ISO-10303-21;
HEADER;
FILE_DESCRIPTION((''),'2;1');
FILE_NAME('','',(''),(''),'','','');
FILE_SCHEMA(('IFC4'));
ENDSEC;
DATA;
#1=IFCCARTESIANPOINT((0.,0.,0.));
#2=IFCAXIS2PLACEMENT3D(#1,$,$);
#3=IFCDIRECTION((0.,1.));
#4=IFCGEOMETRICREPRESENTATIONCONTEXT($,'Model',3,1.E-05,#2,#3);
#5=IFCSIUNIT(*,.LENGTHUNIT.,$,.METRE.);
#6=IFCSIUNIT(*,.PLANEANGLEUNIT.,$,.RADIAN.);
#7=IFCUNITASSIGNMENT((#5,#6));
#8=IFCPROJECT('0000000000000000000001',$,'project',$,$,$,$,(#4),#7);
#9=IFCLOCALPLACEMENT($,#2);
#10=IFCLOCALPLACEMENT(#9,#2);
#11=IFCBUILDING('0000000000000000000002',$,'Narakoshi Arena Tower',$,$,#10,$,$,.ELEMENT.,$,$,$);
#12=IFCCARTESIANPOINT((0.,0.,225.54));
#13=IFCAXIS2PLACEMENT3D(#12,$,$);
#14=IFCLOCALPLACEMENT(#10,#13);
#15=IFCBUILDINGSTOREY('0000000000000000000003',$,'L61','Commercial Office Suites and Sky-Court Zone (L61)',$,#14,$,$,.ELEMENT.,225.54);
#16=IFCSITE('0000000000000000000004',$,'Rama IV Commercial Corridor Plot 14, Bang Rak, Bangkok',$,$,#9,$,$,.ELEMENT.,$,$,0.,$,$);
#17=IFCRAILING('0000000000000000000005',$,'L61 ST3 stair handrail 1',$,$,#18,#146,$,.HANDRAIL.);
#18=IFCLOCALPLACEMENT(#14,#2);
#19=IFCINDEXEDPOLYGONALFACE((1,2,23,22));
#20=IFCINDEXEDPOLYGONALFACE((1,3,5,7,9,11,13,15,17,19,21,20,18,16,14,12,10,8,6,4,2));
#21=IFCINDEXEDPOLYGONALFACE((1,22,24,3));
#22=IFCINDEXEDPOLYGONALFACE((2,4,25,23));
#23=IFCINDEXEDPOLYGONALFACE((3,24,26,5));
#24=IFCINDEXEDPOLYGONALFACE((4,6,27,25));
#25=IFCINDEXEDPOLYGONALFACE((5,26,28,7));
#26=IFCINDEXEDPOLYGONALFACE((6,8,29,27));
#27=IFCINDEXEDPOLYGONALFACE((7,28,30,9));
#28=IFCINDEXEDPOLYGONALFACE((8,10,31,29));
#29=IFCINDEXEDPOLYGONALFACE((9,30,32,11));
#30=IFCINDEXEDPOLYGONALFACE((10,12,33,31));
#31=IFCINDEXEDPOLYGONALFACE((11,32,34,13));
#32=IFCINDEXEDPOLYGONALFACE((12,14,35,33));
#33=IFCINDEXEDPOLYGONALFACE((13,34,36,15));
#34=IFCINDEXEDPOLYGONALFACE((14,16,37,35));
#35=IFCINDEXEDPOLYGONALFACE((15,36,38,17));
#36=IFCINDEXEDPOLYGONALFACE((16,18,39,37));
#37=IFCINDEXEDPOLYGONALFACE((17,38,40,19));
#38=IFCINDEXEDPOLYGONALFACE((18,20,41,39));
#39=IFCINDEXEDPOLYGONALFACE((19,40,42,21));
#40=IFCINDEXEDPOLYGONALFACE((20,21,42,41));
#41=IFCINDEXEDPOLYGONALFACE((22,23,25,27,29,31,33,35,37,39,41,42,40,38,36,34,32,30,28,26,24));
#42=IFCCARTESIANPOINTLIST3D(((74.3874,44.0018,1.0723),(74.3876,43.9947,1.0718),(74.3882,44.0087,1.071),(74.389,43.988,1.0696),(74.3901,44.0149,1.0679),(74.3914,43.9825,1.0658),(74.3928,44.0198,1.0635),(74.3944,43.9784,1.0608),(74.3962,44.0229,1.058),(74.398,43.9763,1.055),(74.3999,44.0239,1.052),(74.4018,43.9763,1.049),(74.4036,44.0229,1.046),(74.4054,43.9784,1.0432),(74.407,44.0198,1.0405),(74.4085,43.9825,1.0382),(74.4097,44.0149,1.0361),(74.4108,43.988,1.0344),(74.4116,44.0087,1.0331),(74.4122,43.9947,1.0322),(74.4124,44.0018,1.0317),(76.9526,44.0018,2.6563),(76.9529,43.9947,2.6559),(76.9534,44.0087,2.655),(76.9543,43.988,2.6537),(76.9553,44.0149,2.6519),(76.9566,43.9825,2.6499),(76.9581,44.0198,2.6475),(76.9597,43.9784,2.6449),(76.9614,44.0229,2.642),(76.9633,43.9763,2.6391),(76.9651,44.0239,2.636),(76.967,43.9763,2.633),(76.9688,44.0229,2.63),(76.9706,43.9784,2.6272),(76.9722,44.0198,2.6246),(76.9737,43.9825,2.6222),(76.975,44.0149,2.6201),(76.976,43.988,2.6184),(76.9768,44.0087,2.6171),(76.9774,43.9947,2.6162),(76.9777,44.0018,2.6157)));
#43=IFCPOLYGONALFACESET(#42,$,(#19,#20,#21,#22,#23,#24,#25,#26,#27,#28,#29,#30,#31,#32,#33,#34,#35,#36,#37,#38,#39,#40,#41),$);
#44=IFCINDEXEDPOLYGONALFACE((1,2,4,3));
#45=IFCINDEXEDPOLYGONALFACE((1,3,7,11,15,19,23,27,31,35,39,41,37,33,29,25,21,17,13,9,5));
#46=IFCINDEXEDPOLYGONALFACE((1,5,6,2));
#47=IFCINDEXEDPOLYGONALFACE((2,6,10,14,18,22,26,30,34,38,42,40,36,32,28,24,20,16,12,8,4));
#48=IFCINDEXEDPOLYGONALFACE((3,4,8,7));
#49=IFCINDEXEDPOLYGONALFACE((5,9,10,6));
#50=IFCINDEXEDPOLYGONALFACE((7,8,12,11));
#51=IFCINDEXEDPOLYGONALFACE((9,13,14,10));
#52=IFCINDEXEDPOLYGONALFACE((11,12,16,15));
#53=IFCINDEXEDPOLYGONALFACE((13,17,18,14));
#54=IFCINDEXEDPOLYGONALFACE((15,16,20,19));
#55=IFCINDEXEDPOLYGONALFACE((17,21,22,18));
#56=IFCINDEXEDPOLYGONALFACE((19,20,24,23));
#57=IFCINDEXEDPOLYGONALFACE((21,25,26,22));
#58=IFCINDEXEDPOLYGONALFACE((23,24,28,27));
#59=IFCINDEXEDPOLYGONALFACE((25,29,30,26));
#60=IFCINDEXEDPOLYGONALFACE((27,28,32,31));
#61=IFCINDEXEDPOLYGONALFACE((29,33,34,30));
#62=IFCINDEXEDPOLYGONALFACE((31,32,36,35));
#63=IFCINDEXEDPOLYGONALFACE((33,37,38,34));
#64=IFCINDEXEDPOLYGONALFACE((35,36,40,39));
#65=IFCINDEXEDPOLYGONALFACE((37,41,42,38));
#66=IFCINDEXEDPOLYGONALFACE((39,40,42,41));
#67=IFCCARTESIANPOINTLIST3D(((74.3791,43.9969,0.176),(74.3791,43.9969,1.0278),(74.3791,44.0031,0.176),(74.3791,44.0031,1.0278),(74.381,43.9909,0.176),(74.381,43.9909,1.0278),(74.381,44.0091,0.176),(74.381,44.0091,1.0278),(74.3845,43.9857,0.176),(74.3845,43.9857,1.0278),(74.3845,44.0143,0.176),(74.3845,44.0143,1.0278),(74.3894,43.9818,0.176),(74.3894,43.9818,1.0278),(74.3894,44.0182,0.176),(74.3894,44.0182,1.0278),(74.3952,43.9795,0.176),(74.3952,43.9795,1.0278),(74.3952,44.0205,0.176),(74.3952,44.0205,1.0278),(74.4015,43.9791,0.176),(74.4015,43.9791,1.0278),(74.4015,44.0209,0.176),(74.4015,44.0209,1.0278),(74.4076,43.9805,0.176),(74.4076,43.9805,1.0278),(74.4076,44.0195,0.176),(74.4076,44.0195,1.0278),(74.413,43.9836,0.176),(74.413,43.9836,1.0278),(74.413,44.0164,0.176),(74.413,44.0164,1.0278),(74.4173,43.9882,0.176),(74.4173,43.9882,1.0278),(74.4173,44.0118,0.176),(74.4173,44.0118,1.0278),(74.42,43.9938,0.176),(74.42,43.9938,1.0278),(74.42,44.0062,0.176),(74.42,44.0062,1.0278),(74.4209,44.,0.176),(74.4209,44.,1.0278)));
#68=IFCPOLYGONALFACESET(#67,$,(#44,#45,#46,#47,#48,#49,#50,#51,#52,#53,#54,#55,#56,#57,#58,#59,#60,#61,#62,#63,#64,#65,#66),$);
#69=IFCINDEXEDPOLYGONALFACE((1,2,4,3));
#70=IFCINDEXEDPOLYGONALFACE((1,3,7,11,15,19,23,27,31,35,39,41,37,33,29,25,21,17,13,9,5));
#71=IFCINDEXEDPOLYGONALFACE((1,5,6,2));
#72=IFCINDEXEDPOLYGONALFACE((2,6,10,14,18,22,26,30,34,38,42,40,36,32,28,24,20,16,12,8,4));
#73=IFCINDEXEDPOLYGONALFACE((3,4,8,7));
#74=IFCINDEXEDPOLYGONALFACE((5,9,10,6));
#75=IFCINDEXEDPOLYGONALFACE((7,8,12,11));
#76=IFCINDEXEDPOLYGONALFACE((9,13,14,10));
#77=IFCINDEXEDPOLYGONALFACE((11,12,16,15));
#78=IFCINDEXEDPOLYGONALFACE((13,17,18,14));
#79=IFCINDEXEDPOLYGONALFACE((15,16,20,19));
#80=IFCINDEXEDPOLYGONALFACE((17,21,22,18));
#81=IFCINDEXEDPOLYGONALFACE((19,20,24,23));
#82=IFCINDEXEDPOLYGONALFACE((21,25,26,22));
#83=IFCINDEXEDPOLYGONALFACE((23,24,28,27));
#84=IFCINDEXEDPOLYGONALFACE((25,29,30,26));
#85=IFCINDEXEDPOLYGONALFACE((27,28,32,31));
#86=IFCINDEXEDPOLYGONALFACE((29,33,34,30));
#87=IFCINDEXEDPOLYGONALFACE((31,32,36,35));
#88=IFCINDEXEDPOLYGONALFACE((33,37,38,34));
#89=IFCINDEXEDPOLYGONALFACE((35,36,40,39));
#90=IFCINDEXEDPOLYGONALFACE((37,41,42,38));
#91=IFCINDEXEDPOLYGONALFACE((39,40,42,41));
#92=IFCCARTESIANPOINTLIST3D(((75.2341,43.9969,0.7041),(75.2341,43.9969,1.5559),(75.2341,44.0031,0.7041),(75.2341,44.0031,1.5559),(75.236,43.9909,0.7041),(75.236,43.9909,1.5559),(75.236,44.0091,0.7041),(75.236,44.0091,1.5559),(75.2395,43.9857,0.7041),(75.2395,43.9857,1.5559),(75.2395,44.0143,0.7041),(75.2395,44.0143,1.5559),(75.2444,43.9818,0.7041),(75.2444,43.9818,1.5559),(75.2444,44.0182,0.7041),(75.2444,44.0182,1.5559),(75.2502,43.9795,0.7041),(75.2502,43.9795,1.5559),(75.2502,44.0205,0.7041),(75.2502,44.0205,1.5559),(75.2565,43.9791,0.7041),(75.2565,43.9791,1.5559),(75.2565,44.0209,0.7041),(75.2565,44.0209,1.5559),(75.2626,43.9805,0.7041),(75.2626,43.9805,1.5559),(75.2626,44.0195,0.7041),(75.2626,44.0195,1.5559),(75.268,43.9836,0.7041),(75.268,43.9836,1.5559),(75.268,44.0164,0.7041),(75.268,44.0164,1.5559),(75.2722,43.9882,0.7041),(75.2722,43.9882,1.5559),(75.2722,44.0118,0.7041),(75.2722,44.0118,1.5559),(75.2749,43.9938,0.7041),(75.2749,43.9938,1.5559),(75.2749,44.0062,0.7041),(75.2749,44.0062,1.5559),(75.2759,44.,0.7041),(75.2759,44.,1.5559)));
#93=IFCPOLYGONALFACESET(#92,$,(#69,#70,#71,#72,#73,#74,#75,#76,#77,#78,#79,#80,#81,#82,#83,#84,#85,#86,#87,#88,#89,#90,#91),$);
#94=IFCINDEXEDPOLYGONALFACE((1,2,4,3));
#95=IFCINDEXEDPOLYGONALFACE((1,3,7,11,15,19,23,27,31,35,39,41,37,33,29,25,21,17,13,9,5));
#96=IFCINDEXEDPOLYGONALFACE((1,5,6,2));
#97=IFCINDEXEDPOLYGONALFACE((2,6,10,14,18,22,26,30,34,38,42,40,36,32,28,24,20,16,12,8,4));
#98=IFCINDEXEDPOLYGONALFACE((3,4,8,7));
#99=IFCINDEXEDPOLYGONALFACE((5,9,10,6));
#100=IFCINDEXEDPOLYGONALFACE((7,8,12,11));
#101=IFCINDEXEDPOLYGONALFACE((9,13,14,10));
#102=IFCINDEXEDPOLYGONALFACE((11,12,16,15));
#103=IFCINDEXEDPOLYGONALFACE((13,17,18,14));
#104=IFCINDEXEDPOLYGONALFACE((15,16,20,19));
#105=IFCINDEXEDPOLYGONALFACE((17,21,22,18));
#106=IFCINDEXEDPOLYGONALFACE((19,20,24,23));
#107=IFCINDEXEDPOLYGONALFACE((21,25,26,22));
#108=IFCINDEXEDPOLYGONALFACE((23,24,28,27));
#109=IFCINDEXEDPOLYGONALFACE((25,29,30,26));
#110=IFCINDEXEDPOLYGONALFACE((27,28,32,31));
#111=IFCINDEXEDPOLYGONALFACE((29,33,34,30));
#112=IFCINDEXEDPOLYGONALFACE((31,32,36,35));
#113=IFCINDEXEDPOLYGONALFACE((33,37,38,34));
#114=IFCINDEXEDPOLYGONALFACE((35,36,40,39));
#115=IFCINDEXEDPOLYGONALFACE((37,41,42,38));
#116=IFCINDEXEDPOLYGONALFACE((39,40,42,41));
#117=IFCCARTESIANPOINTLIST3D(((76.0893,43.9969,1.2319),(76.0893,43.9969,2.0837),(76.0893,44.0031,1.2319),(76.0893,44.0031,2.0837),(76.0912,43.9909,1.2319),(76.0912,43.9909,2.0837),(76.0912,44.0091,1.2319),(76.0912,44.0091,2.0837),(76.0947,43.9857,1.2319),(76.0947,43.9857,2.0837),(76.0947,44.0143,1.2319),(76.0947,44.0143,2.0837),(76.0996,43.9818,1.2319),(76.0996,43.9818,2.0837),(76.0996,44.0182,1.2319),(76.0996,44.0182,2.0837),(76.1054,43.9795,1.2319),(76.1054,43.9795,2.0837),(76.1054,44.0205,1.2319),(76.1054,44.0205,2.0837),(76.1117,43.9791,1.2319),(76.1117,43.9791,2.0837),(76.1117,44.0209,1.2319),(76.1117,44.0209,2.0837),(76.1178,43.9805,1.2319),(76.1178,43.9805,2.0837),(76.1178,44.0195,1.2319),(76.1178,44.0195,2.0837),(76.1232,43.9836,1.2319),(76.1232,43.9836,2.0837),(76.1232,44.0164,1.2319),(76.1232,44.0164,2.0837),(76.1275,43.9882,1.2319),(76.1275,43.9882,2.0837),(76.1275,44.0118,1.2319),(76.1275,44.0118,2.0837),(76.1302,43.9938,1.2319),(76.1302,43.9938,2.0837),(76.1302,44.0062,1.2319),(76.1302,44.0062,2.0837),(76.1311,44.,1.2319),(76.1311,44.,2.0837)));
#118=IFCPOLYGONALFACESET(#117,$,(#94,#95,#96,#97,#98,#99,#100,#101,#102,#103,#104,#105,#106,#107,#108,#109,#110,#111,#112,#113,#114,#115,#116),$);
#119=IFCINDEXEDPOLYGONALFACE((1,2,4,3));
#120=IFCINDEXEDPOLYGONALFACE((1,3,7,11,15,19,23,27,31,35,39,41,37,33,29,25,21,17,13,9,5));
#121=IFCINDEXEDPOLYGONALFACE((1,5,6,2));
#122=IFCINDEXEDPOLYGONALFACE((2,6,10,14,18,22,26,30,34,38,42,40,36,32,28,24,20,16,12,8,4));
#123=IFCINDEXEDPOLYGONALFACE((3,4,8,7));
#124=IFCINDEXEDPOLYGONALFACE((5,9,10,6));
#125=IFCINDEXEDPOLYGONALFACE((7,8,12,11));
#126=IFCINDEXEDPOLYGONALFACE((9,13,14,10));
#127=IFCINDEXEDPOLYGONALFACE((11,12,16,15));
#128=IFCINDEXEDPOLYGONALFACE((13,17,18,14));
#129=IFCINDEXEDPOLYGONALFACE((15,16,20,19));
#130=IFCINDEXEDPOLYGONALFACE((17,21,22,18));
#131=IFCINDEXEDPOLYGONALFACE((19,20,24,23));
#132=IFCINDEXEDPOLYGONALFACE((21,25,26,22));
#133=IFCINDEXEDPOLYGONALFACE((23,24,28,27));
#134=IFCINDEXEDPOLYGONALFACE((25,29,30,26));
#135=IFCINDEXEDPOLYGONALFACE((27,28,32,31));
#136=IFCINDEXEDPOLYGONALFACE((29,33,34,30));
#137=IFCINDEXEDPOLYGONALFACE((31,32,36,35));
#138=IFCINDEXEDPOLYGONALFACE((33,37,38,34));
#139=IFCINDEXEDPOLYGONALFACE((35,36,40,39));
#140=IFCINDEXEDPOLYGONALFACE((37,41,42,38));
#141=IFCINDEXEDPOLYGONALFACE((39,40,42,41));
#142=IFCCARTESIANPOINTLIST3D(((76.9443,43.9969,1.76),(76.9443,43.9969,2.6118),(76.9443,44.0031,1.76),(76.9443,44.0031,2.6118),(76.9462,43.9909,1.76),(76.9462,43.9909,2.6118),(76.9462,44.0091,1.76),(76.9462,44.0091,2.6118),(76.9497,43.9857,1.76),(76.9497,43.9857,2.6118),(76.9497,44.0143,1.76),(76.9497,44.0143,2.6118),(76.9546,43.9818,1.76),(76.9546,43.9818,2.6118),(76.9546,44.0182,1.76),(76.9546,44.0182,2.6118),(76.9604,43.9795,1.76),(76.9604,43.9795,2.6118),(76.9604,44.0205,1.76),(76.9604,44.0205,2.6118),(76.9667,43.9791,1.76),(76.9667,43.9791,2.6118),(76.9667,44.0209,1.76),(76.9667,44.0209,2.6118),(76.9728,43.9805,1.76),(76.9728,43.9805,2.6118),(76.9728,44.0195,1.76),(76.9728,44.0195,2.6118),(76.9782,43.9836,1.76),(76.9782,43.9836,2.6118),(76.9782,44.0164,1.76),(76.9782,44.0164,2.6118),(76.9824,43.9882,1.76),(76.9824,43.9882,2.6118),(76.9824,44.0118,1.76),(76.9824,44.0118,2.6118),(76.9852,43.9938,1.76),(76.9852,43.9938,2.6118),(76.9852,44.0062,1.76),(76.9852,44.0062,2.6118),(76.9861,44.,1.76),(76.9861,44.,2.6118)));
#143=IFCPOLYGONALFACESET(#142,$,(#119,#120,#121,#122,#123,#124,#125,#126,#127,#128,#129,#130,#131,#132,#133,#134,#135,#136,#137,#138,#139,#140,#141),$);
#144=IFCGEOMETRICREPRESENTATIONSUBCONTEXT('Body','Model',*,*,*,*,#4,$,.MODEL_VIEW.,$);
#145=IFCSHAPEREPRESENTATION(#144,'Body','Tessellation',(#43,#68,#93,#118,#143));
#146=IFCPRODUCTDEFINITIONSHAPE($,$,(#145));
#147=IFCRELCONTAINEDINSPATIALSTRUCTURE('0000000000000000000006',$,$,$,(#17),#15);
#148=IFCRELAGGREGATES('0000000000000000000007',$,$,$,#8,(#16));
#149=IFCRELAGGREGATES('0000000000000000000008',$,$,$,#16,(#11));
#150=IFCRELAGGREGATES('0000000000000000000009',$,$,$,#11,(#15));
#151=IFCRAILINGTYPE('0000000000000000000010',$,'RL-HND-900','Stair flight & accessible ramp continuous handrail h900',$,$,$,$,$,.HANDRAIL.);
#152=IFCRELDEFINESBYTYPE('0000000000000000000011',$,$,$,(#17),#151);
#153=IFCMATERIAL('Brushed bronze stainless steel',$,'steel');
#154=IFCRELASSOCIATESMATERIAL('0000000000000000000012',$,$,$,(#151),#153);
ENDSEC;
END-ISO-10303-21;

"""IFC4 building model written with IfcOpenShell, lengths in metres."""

from ifc_helpers import new_model, si_unit, direction, frame, origin, origin_2d, place, context, subcontext, project, spatial, circle, extrude, material, type_object, element, save


model = new_model("IFC4")

# Units and contexts
model_context = context("Model", 3, precision=1e-05, world=origin(), true_north=direction((0.0, 1.0)))
body_context = subcontext(model_context, "Body", "Model", "MODEL_VIEW")
ifc_project = project(units=[si_unit("LENGTHUNIT", "METRE"), si_unit("PLANEANGLEUNIT", "RADIAN")], contexts=[model_context])

# Site, building, storey
site_placement = place(None, origin())
site = spatial("IfcSite", under=ifc_project, at=site_placement, Name="Rama IV Commercial Corridor Plot 14, Bang Rak, Bangkok", CompositionType="ELEMENT", RefElevation=0.0)
building_placement = place(site_placement, origin())
building = spatial("IfcBuilding", under=site, at=building_placement, Name="Narakoshi Arena Tower", CompositionType="ELEMENT")
storey_placement = place(building_placement, frame((0.0, 0.0, 225.54)))
storey = spatial("IfcBuildingStorey", under=building, at=storey_placement, Name="L61", Description="Commercial Office Suites and Sky-Court Zone (L61)", CompositionType="ELEMENT", Elevation=225.54)

# Railing
ifc_material_1 = material(Name="Brushed bronze stainless steel", Category="steel")
railing_type_1 = type_object("IfcRailingType", Name="RL-HND-900", Description="Stair flight & accessible ramp continuous handrail h900", PredefinedType="HANDRAIL", material=ifc_material_1)
railing_1_placement = place(storey_placement, frame((74.3999, 44.0, 0.176)))
element("IfcRailing", 1, at=railing_1_placement, inside=storey, type_object=railing_type_1, Name="L61 ST3 stair handrail 1", PredefinedType="HANDRAIL", context=body_context, shape_type="SweptSolid", body=[
    extrude(circle(Radius=0.0239, at=origin_2d()), frame((0.0, 0.0, 0.876), z_axis=(0.850857, 0.0, 0.525398), x_axis=(0.0, 1.0, 0.0)), (0.0, 0.0, 1.0), 3.0149),
    extrude(circle(Radius=0.021, at=origin_2d()), origin(), (0.0, 0.0, 1.0), 0.8518),
    extrude(circle(Radius=0.021, at=origin_2d()), frame((0.855, 0.0, 0.5281)), (0.0, 0.0, 1.0), 0.8518),
    extrude(circle(Radius=0.021, at=origin_2d()), frame((1.7102, 0.0, 1.0559)), (0.0, 0.0, 1.0), 0.8518),
    extrude(circle(Radius=0.021, at=origin_2d()), frame((2.5652, 0.0, 1.584)), (0.0, 0.0, 1.0), 0.8518),
])

save(model, "model.ifc")
